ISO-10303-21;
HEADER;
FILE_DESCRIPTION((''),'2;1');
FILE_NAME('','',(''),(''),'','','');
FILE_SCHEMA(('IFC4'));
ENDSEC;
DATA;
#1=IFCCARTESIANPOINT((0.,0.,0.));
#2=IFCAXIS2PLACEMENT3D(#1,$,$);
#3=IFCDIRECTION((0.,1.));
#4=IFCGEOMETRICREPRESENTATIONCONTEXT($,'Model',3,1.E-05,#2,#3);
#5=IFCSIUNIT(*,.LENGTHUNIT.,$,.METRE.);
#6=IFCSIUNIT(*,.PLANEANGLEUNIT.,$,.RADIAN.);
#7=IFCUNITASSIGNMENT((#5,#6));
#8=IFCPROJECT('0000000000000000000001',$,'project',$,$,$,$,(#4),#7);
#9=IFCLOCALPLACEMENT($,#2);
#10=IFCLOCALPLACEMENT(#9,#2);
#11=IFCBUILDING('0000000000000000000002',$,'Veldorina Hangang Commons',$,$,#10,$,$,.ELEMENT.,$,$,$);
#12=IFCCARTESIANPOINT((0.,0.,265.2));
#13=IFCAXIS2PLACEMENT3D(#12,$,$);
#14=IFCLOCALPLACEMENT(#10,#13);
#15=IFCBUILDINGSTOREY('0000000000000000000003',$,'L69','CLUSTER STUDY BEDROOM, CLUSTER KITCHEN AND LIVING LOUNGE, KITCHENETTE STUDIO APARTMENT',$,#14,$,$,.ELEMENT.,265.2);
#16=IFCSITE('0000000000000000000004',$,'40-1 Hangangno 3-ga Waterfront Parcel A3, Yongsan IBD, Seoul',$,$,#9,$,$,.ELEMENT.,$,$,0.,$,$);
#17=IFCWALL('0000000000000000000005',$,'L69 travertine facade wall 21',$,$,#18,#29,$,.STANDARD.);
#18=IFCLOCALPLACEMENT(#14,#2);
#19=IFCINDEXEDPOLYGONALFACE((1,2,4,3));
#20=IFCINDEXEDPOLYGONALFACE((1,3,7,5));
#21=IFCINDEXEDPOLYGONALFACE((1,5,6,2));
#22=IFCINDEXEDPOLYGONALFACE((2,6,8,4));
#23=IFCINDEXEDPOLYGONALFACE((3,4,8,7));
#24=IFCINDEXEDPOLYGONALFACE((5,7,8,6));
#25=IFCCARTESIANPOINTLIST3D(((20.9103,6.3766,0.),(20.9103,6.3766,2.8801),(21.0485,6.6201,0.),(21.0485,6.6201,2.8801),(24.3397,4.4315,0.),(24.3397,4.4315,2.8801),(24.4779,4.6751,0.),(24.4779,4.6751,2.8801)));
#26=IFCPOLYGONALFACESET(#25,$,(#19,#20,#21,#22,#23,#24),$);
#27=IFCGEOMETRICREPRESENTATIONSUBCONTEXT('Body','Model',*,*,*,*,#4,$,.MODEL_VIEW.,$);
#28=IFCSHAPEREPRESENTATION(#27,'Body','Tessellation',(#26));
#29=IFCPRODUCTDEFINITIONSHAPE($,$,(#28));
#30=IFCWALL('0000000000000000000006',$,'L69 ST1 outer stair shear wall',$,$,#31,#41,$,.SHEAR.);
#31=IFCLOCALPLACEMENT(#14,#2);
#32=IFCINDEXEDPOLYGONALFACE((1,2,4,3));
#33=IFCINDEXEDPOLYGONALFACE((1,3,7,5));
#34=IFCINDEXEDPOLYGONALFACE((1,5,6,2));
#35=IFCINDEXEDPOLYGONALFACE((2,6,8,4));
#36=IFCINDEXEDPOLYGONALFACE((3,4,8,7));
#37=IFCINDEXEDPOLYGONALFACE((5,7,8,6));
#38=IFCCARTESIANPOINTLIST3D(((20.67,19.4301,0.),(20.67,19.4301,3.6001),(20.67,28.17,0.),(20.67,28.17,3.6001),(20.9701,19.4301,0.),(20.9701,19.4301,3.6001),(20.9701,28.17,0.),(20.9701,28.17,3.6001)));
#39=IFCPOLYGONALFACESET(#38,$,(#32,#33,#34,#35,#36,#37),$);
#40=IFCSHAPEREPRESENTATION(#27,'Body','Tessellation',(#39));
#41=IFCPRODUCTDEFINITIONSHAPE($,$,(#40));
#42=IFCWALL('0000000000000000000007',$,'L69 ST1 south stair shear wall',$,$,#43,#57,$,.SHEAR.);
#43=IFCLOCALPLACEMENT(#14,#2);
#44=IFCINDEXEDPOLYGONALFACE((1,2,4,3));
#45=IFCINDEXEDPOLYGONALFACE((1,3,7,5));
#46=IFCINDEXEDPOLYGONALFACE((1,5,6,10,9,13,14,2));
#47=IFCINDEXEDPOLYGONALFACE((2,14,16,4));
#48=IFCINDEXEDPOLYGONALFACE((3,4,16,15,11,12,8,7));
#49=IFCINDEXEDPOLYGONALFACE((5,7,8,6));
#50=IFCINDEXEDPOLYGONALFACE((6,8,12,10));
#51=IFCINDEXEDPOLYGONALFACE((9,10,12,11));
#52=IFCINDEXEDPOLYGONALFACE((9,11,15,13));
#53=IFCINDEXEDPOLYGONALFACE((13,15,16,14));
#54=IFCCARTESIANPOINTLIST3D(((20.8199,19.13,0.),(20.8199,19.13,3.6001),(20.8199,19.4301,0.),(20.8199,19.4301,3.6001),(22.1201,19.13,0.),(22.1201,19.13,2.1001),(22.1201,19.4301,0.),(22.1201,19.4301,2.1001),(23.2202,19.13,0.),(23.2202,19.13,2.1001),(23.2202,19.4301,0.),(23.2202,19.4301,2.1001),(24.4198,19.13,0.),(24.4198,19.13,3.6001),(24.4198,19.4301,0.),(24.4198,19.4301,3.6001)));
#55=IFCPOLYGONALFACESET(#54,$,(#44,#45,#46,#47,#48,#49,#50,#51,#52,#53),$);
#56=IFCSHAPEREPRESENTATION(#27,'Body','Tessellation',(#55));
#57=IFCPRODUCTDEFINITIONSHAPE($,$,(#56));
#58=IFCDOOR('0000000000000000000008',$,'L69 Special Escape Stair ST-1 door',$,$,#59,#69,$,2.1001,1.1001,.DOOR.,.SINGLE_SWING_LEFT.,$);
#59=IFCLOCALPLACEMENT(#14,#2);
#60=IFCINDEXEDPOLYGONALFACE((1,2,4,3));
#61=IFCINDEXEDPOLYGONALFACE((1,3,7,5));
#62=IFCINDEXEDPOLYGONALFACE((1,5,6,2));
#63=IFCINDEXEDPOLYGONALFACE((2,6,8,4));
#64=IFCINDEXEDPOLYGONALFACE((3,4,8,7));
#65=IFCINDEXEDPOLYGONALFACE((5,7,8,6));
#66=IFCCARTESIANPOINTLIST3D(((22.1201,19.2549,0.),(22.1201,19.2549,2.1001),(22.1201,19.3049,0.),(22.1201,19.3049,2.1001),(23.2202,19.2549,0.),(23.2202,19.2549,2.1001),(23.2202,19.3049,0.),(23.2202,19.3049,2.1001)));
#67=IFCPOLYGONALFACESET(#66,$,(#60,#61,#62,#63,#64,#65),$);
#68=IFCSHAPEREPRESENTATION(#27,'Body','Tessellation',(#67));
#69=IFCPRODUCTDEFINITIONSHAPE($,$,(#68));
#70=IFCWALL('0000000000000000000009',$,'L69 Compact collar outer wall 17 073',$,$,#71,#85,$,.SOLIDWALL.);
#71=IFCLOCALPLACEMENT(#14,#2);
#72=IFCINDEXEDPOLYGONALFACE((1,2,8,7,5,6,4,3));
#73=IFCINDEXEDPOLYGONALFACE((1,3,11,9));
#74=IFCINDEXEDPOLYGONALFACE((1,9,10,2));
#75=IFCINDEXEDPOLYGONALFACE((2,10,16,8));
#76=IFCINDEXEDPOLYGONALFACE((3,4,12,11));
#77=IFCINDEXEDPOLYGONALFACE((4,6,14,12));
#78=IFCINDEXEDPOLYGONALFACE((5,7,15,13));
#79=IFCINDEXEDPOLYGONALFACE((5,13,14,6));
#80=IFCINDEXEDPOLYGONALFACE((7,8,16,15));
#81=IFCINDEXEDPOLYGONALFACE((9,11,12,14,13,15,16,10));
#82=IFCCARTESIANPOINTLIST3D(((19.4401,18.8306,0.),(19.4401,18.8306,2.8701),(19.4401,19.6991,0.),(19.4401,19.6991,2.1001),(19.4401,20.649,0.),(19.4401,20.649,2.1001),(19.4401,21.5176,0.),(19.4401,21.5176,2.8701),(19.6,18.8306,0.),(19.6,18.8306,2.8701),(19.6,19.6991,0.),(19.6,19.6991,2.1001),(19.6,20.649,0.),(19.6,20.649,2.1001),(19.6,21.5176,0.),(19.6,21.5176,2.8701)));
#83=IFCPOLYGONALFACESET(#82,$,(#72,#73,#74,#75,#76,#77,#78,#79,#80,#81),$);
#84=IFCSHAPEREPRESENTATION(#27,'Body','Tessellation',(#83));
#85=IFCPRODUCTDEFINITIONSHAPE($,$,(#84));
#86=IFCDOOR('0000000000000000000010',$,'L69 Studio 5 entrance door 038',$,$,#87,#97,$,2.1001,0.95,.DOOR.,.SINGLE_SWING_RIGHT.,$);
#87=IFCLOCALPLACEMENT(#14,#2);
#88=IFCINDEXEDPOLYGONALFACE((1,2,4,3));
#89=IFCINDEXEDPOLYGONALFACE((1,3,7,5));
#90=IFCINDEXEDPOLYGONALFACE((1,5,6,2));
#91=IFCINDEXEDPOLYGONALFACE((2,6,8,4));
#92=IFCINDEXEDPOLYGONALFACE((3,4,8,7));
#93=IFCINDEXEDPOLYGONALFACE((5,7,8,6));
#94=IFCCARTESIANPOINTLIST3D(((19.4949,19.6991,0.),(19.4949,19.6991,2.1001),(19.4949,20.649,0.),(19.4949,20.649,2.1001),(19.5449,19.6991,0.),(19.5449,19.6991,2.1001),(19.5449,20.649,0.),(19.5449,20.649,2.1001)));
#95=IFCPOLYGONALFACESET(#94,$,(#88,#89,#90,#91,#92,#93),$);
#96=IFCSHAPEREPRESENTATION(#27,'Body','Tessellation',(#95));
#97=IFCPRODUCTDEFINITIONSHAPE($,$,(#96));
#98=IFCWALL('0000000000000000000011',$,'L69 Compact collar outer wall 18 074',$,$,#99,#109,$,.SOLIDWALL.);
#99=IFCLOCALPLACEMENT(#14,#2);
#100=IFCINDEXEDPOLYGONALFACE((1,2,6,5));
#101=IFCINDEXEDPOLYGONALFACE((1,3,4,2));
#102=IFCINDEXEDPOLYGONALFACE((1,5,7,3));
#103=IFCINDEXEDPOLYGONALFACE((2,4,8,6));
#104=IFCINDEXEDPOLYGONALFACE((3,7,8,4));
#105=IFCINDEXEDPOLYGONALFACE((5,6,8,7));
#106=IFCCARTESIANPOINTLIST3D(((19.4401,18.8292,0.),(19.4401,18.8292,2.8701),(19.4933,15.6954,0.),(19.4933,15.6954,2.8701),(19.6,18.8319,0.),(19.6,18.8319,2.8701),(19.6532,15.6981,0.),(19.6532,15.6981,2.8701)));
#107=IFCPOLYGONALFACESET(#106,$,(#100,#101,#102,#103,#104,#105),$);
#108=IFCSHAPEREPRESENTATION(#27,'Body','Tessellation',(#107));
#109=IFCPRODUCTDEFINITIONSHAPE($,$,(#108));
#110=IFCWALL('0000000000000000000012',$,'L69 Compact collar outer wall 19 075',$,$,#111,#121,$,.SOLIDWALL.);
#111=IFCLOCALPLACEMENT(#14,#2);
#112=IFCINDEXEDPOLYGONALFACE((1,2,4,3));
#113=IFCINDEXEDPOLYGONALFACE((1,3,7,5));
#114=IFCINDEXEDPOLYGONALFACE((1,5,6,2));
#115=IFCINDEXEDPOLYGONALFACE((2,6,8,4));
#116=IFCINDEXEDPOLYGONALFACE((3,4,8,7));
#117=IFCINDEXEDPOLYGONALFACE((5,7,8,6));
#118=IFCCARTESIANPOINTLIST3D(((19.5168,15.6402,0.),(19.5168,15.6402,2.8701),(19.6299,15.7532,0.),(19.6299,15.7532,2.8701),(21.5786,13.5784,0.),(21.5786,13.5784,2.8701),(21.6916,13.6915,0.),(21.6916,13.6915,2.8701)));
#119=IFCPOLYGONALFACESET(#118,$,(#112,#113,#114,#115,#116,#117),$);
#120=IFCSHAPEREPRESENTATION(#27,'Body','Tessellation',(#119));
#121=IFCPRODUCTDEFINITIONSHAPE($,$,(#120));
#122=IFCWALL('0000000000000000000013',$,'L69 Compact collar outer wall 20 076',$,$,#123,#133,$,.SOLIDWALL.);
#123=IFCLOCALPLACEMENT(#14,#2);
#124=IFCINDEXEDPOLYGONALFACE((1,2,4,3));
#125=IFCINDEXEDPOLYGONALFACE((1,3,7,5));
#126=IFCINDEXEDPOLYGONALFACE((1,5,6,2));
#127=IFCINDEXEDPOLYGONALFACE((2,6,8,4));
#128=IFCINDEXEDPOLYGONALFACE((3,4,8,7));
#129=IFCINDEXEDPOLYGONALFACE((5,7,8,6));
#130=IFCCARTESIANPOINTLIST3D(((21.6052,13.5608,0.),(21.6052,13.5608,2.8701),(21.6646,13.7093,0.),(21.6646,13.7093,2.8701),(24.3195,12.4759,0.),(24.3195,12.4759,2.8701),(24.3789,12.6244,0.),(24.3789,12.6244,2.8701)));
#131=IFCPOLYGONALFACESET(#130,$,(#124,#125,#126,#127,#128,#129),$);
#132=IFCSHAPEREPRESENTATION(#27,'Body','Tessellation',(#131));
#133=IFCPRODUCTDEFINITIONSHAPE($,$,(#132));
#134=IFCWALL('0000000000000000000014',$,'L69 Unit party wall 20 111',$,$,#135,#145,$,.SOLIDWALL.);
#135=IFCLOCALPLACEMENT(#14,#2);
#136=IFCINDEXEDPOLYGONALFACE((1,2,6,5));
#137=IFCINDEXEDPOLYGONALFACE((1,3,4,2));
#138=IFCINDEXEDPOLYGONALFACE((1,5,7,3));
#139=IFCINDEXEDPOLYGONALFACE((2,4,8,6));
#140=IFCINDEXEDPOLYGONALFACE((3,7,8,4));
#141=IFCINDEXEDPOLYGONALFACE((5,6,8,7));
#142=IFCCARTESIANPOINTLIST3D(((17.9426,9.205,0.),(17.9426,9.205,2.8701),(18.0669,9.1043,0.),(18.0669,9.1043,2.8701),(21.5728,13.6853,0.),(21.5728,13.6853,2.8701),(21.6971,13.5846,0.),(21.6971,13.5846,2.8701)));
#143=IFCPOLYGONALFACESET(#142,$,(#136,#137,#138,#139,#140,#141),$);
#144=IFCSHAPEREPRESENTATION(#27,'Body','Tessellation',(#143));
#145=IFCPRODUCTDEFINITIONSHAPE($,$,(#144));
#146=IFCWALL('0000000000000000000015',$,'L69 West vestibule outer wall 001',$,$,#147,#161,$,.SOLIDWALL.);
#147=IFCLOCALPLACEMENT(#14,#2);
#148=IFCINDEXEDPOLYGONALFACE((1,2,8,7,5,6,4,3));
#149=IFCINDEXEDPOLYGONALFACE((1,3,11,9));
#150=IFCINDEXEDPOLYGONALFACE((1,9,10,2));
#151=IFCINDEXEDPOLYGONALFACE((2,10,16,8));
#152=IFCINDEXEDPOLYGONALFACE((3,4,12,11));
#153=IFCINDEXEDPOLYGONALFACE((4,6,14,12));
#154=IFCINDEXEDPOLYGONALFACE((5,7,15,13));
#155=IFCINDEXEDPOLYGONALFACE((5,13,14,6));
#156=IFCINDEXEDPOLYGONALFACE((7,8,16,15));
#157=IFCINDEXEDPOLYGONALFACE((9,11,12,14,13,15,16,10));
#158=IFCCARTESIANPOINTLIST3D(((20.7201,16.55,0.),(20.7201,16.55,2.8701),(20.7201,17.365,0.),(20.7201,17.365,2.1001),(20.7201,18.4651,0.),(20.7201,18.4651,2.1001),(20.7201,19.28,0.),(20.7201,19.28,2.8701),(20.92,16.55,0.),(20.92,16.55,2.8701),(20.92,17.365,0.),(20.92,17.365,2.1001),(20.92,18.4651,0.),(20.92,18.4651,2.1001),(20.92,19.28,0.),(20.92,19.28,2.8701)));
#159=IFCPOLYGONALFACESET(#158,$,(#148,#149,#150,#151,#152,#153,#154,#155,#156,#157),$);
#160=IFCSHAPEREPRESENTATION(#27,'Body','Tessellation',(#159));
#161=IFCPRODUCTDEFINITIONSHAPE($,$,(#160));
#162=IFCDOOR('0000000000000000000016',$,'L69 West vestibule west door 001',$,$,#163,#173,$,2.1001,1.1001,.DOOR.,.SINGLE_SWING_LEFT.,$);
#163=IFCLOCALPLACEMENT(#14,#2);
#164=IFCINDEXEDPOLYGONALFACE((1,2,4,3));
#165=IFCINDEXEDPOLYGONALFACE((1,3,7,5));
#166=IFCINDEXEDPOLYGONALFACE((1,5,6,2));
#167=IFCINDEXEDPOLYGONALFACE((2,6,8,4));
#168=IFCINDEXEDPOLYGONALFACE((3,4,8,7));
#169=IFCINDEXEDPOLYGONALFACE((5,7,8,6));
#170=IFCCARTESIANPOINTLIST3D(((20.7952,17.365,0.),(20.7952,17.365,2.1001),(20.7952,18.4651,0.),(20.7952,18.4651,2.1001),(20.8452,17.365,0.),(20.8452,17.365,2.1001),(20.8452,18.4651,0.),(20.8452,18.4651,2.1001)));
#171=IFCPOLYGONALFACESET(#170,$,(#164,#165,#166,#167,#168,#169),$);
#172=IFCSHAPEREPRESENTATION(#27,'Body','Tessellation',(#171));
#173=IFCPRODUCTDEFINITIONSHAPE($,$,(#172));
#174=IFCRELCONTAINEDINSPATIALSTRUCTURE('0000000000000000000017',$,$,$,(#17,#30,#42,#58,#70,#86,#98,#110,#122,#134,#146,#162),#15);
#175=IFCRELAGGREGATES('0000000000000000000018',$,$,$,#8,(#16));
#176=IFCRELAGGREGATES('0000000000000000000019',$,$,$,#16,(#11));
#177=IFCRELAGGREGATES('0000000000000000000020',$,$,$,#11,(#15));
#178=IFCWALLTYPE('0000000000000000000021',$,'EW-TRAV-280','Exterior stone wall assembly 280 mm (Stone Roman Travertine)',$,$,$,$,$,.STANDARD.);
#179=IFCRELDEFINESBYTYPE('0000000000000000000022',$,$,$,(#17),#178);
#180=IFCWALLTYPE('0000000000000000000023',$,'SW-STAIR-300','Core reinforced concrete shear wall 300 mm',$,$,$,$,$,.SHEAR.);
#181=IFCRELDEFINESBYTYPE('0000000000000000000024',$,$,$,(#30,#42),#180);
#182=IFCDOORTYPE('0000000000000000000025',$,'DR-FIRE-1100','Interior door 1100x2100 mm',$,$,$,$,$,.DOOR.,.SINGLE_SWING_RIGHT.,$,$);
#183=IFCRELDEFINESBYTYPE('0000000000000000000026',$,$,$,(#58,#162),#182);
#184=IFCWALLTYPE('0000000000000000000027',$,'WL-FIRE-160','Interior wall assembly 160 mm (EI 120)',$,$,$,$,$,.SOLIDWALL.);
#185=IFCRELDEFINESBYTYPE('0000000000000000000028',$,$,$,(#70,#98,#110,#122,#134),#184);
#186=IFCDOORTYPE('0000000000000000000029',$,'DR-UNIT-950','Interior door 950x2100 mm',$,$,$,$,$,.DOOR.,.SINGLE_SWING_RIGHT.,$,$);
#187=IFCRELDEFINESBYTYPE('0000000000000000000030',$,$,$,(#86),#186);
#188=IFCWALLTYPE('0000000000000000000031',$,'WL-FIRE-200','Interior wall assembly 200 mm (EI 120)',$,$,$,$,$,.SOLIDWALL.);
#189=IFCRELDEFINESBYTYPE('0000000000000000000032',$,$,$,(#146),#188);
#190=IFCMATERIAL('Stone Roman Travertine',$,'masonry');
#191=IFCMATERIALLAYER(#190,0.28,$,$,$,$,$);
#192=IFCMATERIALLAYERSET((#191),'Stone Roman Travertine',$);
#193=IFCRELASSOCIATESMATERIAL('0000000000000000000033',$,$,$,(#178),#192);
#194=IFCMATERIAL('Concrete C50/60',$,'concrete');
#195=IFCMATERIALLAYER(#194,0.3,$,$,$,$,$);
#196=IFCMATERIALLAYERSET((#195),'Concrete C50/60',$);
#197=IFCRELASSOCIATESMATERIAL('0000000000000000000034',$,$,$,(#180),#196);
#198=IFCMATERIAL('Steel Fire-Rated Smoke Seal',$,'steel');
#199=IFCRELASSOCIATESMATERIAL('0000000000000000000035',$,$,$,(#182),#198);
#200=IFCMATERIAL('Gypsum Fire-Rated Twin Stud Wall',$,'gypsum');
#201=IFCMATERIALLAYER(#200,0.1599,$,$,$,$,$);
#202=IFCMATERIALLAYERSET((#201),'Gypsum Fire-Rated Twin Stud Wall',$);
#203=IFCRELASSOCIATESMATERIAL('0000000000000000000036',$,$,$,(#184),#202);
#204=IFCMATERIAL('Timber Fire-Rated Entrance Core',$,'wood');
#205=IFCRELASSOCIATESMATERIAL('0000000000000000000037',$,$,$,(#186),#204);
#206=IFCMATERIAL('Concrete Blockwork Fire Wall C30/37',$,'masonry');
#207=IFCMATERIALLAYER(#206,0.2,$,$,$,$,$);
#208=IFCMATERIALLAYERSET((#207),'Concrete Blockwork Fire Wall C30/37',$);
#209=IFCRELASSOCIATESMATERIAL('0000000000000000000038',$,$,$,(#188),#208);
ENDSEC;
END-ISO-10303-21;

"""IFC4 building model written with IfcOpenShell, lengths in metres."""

from ifc_helpers import new_model, si_unit, direction, frame, frame_2d, origin, place, context, subcontext, project, spatial, rectangle, extrude, material, layer, layer_set, type_object, element, fill, save


model = new_model("IFC4")

# Units and contexts
model_context = context("Model", 3, precision=1e-05, world=origin(), true_north=direction((0.0, 1.0)))
body_context = subcontext(model_context, "Body", "Model", "MODEL_VIEW")
ifc_project = project(units=[si_unit("LENGTHUNIT", "METRE"), si_unit("PLANEANGLEUNIT", "RADIAN")], contexts=[model_context])

# Site, building, storey
site_placement = place(None, origin())
site = spatial("IfcSite", under=ifc_project, at=site_placement, Name="40-1 Hangangno 3-ga Waterfront Parcel A3, Yongsan IBD, Seoul", CompositionType="ELEMENT", RefElevation=0.0)
building_placement = place(site_placement, origin())
building = spatial("IfcBuilding", under=site, at=building_placement, Name="Veldorina Hangang Commons", CompositionType="ELEMENT")
storey_placement = place(building_placement, frame((0.0, 0.0, 265.2)))
storey = spatial("IfcBuildingStorey", under=building, at=storey_placement, Name="L69", Description="CLUSTER STUDY BEDROOM, CLUSTER KITCHEN AND LIVING LOUNGE, KITCHENETTE STUDIO APARTMENT", CompositionType="ELEMENT", Elevation=265.2)

# Walls
ifc_material_1 = material(Name="Stone Roman Travertine", Category="masonry")
ifc_layer_1 = layer(ifc_material_1, 0.28)
ifc_layer_set_1 = layer_set([ifc_layer_1], Name="Stone Roman Travertine")
wall_type_1 = type_object("IfcWallType", Name="EW-TRAV-280", Description="Exterior stone wall assembly 280 mm (Stone Roman Travertine)", PredefinedType="STANDARD", material=ifc_layer_set_1)
wall_1_placement = place(storey_placement, frame((20.9795, 6.4983, 0.0), z_axis=(0.0, 0.0, 1.0), x_axis=(0.869835, -0.493342, 0.0)))
element("IfcWall", 1, at=wall_1_placement, inside=storey, type_object=wall_type_1, Name="L69 travertine facade wall 21", PredefinedType="STANDARD", context=body_context, shape_type="SweptSolid", body=[
    extrude(rectangle(XDim=3.9426, YDim=0.28, at=frame_2d((1.9712, 0.0))), origin(), (0.0, 0.0, 1.0), 2.8801),
])
ifc_material_2 = material(Name="Concrete C50/60", Category="concrete")
ifc_layer_2 = layer(ifc_material_2, 0.3)
ifc_layer_set_2 = layer_set([ifc_layer_2], Name="Concrete C50/60")
wall_type_2 = type_object("IfcWallType", Name="SW-STAIR-300", Description="Core reinforced concrete shear wall 300 mm", PredefinedType="SHEAR", material=ifc_layer_set_2)
wall_2_placement = place(storey_placement, frame((20.8201, 19.4299, 0.0), z_axis=(0.0, 0.0, 1.0), x_axis=(0.0, 1.0, 0.0)))
element("IfcWall", 2, at=wall_2_placement, inside=storey, type_object=wall_type_2, Name="L69 ST1 outer stair shear wall", PredefinedType="SHEAR", context=body_context, shape_type="SweptSolid", body=[
    extrude(rectangle(XDim=8.74, YDim=0.3, at=frame_2d((4.3701, 0.0))), origin(), (0.0, 0.0, 1.0), 3.6001),
])

# Walls, openings, doors
wall_3_placement = place(storey_placement, frame((20.8201, 19.28, 0.0), z_axis=(0.0, 0.0, 1.0), x_axis=(1.0, 0.0, 0.0)))
wall_3 = element("IfcWall", 3, at=wall_3_placement, inside=storey, type_object=wall_type_2, Name="L69 ST1 south stair shear wall", PredefinedType="SHEAR", context=body_context, shape_type="SweptSolid", body=[
    extrude(rectangle(XDim=3.5999, YDim=0.3, at=frame_2d((1.7998, 0.0))), origin(), (0.0, 0.0, 1.0), 3.6001),
])
opening_1_placement = place(wall_3_placement, frame((1.3, 0.0, 0.0)))
opening_1 = element("IfcOpeningElement", 4, at=opening_1_placement, cuts=wall_3, PredefinedType="OPENING", context=body_context, shape_type="SweptSolid", body=[
    extrude(rectangle(XDim=1.1001, YDim=2.1001, at=frame_2d((0.55, 1.05))), frame((0.0, 0.1602, 0.0), z_axis=(0.0, -1.0, 0.0), x_axis=(1.0, 0.0, 0.0)), (0.0, 0.0, 1.0), 0.3201),
])
ifc_material_3 = material(Name="Steel Fire-Rated Smoke Seal", Category="steel")
door_type_1 = type_object("IfcDoorType", Name="DR-FIRE-1100", Description="Interior door 1100x2100 mm", OperationType="SINGLE_SWING_RIGHT", PredefinedType="DOOR", material=ifc_material_3)
door_1_placement = place(opening_1_placement, origin())
door_1 = element("IfcDoor", 5, at=door_1_placement, inside=storey, type_object=door_type_1, Name="L69 Special Escape Stair ST-1 door", OperationType="SINGLE_SWING_LEFT", OverallHeight=2.1001, OverallWidth=1.1001, PredefinedType="DOOR", context=body_context, shape_type="SweptSolid", body=[
    extrude(rectangle(XDim=1.1001, YDim=2.1001, at=frame_2d((0.55, 1.05))), frame((0.0, 0.0249, 0.0), z_axis=(0.0, -1.0, 0.0), x_axis=(1.0, 0.0, 0.0)), (0.0, 0.0, 1.0), 0.05),
])
fill(opening_1, door_1)
ifc_material_4 = material(Name="Gypsum Fire-Rated Twin Stud Wall", Category="gypsum")
ifc_layer_3 = layer(ifc_material_4, 0.1599)
ifc_layer_set_3 = layer_set([ifc_layer_3], Name="Gypsum Fire-Rated Twin Stud Wall")
wall_type_3 = type_object("IfcWallType", Name="WL-FIRE-160", Description="Interior wall assembly 160 mm (EI 120)", PredefinedType="SOLIDWALL", material=ifc_layer_set_3)
wall_4_placement = place(storey_placement, frame((19.52, 21.5176, 0.0), z_axis=(0.0, 0.0, 1.0), x_axis=(0.0, -1.0, 0.0)))
wall_4 = element("IfcWall", 6, at=wall_4_placement, inside=storey, type_object=wall_type_3, Name="L69 Compact collar outer wall 17 073", PredefinedType="SOLIDWALL", context=body_context, shape_type="SweptSolid", body=[
    extrude(rectangle(XDim=2.687, YDim=0.1599, at=frame_2d((1.3435, 0.0))), origin(), (0.0, 0.0, 1.0), 2.8701),
])
opening_2_placement = place(wall_4_placement, frame((0.8684, 0.0, 0.0)))
opening_2 = element("IfcOpeningElement", 7, at=opening_2_placement, cuts=wall_4, PredefinedType="OPENING", context=body_context, shape_type="SweptSolid", body=[
    extrude(rectangle(XDim=0.95, YDim=2.1001, at=frame_2d((0.4751, 1.05))), frame((0.0, 0.0898, 0.0), z_axis=(0.0, -1.0, 0.0), x_axis=(1.0, 0.0, 0.0)), (0.0, 0.0, 1.0), 0.1799),
])
ifc_material_5 = material(Name="Timber Fire-Rated Entrance Core", Category="wood")
door_type_2 = type_object("IfcDoorType", Name="DR-UNIT-950", Description="Interior door 950x2100 mm", OperationType="SINGLE_SWING_RIGHT", PredefinedType="DOOR", material=ifc_material_5)
door_2_placement = place(opening_2_placement, origin())
door_2 = element("IfcDoor", 8, at=door_2_placement, inside=storey, type_object=door_type_2, Name="L69 Studio 5 entrance door 038", OperationType="SINGLE_SWING_RIGHT", OverallHeight=2.1001, OverallWidth=0.95, PredefinedType="DOOR", context=body_context, shape_type="SweptSolid", body=[
    extrude(rectangle(XDim=0.95, YDim=2.1001, at=frame_2d((0.4751, 1.05))), frame((0.0, 0.0249, 0.0), z_axis=(0.0, -1.0, 0.0), x_axis=(1.0, 0.0, 0.0)), (0.0, 0.0, 1.0), 0.05),
])
fill(opening_2, door_2)

# Walls
wall_5_placement = place(storey_placement, frame((19.52, 18.8306, 0.0), z_axis=(0.0, 0.0, 1.0), x_axis=(0.016981, -0.999856, 0.0)))
element("IfcWall", 9, at=wall_5_placement, inside=storey, type_object=wall_type_3, Name="L69 Compact collar outer wall 18 074", PredefinedType="SOLIDWALL", context=body_context, shape_type="SweptSolid", body=[
    extrude(rectangle(XDim=3.1343, YDim=0.1599, at=frame_2d((1.5671, 0.0))), origin(), (0.0, 0.0, 1.0), 2.8701),
])
wall_6_placement = place(storey_placement, frame((19.5732, 15.6968, 0.0), z_axis=(0.0, 0.0, 1.0), x_axis=(0.707107, -0.707107, 0.0)))
element("IfcWall", 10, at=wall_6_placement, inside=storey, type_object=wall_type_3, Name="L69 Compact collar outer wall 19 075", PredefinedType="SOLIDWALL", context=body_context, shape_type="SweptSolid", body=[
    extrude(rectangle(XDim=2.9158, YDim=0.1599, at=frame_2d((1.458, 0.0))), origin(), (0.0, 0.0, 1.0), 2.8701),
])
wall_7_placement = place(storey_placement, frame((21.635, 13.635, 0.0), z_axis=(0.0, 0.0, 1.0), x_axis=(0.928569, -0.37116, 0.0)))
element("IfcWall", 11, at=wall_7_placement, inside=storey, type_object=wall_type_3, Name="L69 Compact collar outer wall 20 076", PredefinedType="SOLIDWALL", context=body_context, shape_type="SweptSolid", body=[
    extrude(rectangle(XDim=2.9231, YDim=0.1599, at=frame_2d((1.4614, 0.0))), origin(), (0.0, 0.0, 1.0), 2.8701),
])
wall_8_placement = place(storey_placement, frame((21.635, 13.635, 0.0), z_axis=(0.0, 0.0, 1.0), x_axis=(-0.629542, -0.776967, 0.0)))
element("IfcWall", 12, at=wall_8_placement, inside=storey, type_object=wall_type_3, Name="L69 Unit party wall 20 111", PredefinedType="SOLIDWALL", context=body_context, shape_type="SweptSolid", body=[
    extrude(rectangle(XDim=5.7664, YDim=0.1599, at=frame_2d((2.8833, 0.0))), origin(), (0.0, 0.0, 1.0), 2.8701),
])

# Wall, opening, door
ifc_material_6 = material(Name="Concrete Blockwork Fire Wall C30/37", Category="masonry")
ifc_layer_4 = layer(ifc_material_6, 0.2)
ifc_layer_set_4 = layer_set([ifc_layer_4], Name="Concrete Blockwork Fire Wall C30/37")
wall_type_4 = type_object("IfcWallType", Name="WL-FIRE-200", Description="Interior wall assembly 200 mm (EI 120)", PredefinedType="SOLIDWALL", material=ifc_layer_set_4)
wall_9_placement = place(storey_placement, frame((20.8201, 16.55, 0.0), z_axis=(0.0, 0.0, 1.0), x_axis=(0.0, 1.0, 0.0)))
wall_9 = element("IfcWall", 13, at=wall_9_placement, inside=storey, type_object=wall_type_4, Name="L69 West vestibule outer wall 001", PredefinedType="SOLIDWALL", context=body_context, shape_type="SweptSolid", body=[
    extrude(rectangle(XDim=2.73, YDim=0.2, at=frame_2d((1.365, 0.0))), origin(), (0.0, 0.0, 1.0), 2.8701),
])
opening_3_placement = place(wall_9_placement, frame((0.8149, 0.0, 0.0)))
opening_3 = element("IfcOpeningElement", 14, at=opening_3_placement, cuts=wall_9, PredefinedType="OPENING", context=body_context, shape_type="SweptSolid", body=[
    extrude(rectangle(XDim=1.1001, YDim=2.1001, at=frame_2d((0.55, 1.05))), frame((0.0, 0.1099, 0.0), z_axis=(0.0, -1.0, 0.0), x_axis=(1.0, 0.0, 0.0)), (0.0, 0.0, 1.0), 0.22),
])
door_3_placement = place(opening_3_placement, origin())
door_3 = element("IfcDoor", 15, at=door_3_placement, inside=storey, type_object=door_type_1, Name="L69 West vestibule west door 001", OperationType="SINGLE_SWING_LEFT", OverallHeight=2.1001, OverallWidth=1.1001, PredefinedType="DOOR", context=body_context, shape_type="SweptSolid", body=[
    extrude(rectangle(XDim=1.1001, YDim=2.1001, at=frame_2d((0.55, 1.05))), frame((0.0, 0.0249, 0.0), z_axis=(0.0, -1.0, 0.0), x_axis=(1.0, 0.0, 0.0)), (0.0, 0.0, 1.0), 0.05),
])
fill(opening_3, door_3)

save(model, "model.ifc")
